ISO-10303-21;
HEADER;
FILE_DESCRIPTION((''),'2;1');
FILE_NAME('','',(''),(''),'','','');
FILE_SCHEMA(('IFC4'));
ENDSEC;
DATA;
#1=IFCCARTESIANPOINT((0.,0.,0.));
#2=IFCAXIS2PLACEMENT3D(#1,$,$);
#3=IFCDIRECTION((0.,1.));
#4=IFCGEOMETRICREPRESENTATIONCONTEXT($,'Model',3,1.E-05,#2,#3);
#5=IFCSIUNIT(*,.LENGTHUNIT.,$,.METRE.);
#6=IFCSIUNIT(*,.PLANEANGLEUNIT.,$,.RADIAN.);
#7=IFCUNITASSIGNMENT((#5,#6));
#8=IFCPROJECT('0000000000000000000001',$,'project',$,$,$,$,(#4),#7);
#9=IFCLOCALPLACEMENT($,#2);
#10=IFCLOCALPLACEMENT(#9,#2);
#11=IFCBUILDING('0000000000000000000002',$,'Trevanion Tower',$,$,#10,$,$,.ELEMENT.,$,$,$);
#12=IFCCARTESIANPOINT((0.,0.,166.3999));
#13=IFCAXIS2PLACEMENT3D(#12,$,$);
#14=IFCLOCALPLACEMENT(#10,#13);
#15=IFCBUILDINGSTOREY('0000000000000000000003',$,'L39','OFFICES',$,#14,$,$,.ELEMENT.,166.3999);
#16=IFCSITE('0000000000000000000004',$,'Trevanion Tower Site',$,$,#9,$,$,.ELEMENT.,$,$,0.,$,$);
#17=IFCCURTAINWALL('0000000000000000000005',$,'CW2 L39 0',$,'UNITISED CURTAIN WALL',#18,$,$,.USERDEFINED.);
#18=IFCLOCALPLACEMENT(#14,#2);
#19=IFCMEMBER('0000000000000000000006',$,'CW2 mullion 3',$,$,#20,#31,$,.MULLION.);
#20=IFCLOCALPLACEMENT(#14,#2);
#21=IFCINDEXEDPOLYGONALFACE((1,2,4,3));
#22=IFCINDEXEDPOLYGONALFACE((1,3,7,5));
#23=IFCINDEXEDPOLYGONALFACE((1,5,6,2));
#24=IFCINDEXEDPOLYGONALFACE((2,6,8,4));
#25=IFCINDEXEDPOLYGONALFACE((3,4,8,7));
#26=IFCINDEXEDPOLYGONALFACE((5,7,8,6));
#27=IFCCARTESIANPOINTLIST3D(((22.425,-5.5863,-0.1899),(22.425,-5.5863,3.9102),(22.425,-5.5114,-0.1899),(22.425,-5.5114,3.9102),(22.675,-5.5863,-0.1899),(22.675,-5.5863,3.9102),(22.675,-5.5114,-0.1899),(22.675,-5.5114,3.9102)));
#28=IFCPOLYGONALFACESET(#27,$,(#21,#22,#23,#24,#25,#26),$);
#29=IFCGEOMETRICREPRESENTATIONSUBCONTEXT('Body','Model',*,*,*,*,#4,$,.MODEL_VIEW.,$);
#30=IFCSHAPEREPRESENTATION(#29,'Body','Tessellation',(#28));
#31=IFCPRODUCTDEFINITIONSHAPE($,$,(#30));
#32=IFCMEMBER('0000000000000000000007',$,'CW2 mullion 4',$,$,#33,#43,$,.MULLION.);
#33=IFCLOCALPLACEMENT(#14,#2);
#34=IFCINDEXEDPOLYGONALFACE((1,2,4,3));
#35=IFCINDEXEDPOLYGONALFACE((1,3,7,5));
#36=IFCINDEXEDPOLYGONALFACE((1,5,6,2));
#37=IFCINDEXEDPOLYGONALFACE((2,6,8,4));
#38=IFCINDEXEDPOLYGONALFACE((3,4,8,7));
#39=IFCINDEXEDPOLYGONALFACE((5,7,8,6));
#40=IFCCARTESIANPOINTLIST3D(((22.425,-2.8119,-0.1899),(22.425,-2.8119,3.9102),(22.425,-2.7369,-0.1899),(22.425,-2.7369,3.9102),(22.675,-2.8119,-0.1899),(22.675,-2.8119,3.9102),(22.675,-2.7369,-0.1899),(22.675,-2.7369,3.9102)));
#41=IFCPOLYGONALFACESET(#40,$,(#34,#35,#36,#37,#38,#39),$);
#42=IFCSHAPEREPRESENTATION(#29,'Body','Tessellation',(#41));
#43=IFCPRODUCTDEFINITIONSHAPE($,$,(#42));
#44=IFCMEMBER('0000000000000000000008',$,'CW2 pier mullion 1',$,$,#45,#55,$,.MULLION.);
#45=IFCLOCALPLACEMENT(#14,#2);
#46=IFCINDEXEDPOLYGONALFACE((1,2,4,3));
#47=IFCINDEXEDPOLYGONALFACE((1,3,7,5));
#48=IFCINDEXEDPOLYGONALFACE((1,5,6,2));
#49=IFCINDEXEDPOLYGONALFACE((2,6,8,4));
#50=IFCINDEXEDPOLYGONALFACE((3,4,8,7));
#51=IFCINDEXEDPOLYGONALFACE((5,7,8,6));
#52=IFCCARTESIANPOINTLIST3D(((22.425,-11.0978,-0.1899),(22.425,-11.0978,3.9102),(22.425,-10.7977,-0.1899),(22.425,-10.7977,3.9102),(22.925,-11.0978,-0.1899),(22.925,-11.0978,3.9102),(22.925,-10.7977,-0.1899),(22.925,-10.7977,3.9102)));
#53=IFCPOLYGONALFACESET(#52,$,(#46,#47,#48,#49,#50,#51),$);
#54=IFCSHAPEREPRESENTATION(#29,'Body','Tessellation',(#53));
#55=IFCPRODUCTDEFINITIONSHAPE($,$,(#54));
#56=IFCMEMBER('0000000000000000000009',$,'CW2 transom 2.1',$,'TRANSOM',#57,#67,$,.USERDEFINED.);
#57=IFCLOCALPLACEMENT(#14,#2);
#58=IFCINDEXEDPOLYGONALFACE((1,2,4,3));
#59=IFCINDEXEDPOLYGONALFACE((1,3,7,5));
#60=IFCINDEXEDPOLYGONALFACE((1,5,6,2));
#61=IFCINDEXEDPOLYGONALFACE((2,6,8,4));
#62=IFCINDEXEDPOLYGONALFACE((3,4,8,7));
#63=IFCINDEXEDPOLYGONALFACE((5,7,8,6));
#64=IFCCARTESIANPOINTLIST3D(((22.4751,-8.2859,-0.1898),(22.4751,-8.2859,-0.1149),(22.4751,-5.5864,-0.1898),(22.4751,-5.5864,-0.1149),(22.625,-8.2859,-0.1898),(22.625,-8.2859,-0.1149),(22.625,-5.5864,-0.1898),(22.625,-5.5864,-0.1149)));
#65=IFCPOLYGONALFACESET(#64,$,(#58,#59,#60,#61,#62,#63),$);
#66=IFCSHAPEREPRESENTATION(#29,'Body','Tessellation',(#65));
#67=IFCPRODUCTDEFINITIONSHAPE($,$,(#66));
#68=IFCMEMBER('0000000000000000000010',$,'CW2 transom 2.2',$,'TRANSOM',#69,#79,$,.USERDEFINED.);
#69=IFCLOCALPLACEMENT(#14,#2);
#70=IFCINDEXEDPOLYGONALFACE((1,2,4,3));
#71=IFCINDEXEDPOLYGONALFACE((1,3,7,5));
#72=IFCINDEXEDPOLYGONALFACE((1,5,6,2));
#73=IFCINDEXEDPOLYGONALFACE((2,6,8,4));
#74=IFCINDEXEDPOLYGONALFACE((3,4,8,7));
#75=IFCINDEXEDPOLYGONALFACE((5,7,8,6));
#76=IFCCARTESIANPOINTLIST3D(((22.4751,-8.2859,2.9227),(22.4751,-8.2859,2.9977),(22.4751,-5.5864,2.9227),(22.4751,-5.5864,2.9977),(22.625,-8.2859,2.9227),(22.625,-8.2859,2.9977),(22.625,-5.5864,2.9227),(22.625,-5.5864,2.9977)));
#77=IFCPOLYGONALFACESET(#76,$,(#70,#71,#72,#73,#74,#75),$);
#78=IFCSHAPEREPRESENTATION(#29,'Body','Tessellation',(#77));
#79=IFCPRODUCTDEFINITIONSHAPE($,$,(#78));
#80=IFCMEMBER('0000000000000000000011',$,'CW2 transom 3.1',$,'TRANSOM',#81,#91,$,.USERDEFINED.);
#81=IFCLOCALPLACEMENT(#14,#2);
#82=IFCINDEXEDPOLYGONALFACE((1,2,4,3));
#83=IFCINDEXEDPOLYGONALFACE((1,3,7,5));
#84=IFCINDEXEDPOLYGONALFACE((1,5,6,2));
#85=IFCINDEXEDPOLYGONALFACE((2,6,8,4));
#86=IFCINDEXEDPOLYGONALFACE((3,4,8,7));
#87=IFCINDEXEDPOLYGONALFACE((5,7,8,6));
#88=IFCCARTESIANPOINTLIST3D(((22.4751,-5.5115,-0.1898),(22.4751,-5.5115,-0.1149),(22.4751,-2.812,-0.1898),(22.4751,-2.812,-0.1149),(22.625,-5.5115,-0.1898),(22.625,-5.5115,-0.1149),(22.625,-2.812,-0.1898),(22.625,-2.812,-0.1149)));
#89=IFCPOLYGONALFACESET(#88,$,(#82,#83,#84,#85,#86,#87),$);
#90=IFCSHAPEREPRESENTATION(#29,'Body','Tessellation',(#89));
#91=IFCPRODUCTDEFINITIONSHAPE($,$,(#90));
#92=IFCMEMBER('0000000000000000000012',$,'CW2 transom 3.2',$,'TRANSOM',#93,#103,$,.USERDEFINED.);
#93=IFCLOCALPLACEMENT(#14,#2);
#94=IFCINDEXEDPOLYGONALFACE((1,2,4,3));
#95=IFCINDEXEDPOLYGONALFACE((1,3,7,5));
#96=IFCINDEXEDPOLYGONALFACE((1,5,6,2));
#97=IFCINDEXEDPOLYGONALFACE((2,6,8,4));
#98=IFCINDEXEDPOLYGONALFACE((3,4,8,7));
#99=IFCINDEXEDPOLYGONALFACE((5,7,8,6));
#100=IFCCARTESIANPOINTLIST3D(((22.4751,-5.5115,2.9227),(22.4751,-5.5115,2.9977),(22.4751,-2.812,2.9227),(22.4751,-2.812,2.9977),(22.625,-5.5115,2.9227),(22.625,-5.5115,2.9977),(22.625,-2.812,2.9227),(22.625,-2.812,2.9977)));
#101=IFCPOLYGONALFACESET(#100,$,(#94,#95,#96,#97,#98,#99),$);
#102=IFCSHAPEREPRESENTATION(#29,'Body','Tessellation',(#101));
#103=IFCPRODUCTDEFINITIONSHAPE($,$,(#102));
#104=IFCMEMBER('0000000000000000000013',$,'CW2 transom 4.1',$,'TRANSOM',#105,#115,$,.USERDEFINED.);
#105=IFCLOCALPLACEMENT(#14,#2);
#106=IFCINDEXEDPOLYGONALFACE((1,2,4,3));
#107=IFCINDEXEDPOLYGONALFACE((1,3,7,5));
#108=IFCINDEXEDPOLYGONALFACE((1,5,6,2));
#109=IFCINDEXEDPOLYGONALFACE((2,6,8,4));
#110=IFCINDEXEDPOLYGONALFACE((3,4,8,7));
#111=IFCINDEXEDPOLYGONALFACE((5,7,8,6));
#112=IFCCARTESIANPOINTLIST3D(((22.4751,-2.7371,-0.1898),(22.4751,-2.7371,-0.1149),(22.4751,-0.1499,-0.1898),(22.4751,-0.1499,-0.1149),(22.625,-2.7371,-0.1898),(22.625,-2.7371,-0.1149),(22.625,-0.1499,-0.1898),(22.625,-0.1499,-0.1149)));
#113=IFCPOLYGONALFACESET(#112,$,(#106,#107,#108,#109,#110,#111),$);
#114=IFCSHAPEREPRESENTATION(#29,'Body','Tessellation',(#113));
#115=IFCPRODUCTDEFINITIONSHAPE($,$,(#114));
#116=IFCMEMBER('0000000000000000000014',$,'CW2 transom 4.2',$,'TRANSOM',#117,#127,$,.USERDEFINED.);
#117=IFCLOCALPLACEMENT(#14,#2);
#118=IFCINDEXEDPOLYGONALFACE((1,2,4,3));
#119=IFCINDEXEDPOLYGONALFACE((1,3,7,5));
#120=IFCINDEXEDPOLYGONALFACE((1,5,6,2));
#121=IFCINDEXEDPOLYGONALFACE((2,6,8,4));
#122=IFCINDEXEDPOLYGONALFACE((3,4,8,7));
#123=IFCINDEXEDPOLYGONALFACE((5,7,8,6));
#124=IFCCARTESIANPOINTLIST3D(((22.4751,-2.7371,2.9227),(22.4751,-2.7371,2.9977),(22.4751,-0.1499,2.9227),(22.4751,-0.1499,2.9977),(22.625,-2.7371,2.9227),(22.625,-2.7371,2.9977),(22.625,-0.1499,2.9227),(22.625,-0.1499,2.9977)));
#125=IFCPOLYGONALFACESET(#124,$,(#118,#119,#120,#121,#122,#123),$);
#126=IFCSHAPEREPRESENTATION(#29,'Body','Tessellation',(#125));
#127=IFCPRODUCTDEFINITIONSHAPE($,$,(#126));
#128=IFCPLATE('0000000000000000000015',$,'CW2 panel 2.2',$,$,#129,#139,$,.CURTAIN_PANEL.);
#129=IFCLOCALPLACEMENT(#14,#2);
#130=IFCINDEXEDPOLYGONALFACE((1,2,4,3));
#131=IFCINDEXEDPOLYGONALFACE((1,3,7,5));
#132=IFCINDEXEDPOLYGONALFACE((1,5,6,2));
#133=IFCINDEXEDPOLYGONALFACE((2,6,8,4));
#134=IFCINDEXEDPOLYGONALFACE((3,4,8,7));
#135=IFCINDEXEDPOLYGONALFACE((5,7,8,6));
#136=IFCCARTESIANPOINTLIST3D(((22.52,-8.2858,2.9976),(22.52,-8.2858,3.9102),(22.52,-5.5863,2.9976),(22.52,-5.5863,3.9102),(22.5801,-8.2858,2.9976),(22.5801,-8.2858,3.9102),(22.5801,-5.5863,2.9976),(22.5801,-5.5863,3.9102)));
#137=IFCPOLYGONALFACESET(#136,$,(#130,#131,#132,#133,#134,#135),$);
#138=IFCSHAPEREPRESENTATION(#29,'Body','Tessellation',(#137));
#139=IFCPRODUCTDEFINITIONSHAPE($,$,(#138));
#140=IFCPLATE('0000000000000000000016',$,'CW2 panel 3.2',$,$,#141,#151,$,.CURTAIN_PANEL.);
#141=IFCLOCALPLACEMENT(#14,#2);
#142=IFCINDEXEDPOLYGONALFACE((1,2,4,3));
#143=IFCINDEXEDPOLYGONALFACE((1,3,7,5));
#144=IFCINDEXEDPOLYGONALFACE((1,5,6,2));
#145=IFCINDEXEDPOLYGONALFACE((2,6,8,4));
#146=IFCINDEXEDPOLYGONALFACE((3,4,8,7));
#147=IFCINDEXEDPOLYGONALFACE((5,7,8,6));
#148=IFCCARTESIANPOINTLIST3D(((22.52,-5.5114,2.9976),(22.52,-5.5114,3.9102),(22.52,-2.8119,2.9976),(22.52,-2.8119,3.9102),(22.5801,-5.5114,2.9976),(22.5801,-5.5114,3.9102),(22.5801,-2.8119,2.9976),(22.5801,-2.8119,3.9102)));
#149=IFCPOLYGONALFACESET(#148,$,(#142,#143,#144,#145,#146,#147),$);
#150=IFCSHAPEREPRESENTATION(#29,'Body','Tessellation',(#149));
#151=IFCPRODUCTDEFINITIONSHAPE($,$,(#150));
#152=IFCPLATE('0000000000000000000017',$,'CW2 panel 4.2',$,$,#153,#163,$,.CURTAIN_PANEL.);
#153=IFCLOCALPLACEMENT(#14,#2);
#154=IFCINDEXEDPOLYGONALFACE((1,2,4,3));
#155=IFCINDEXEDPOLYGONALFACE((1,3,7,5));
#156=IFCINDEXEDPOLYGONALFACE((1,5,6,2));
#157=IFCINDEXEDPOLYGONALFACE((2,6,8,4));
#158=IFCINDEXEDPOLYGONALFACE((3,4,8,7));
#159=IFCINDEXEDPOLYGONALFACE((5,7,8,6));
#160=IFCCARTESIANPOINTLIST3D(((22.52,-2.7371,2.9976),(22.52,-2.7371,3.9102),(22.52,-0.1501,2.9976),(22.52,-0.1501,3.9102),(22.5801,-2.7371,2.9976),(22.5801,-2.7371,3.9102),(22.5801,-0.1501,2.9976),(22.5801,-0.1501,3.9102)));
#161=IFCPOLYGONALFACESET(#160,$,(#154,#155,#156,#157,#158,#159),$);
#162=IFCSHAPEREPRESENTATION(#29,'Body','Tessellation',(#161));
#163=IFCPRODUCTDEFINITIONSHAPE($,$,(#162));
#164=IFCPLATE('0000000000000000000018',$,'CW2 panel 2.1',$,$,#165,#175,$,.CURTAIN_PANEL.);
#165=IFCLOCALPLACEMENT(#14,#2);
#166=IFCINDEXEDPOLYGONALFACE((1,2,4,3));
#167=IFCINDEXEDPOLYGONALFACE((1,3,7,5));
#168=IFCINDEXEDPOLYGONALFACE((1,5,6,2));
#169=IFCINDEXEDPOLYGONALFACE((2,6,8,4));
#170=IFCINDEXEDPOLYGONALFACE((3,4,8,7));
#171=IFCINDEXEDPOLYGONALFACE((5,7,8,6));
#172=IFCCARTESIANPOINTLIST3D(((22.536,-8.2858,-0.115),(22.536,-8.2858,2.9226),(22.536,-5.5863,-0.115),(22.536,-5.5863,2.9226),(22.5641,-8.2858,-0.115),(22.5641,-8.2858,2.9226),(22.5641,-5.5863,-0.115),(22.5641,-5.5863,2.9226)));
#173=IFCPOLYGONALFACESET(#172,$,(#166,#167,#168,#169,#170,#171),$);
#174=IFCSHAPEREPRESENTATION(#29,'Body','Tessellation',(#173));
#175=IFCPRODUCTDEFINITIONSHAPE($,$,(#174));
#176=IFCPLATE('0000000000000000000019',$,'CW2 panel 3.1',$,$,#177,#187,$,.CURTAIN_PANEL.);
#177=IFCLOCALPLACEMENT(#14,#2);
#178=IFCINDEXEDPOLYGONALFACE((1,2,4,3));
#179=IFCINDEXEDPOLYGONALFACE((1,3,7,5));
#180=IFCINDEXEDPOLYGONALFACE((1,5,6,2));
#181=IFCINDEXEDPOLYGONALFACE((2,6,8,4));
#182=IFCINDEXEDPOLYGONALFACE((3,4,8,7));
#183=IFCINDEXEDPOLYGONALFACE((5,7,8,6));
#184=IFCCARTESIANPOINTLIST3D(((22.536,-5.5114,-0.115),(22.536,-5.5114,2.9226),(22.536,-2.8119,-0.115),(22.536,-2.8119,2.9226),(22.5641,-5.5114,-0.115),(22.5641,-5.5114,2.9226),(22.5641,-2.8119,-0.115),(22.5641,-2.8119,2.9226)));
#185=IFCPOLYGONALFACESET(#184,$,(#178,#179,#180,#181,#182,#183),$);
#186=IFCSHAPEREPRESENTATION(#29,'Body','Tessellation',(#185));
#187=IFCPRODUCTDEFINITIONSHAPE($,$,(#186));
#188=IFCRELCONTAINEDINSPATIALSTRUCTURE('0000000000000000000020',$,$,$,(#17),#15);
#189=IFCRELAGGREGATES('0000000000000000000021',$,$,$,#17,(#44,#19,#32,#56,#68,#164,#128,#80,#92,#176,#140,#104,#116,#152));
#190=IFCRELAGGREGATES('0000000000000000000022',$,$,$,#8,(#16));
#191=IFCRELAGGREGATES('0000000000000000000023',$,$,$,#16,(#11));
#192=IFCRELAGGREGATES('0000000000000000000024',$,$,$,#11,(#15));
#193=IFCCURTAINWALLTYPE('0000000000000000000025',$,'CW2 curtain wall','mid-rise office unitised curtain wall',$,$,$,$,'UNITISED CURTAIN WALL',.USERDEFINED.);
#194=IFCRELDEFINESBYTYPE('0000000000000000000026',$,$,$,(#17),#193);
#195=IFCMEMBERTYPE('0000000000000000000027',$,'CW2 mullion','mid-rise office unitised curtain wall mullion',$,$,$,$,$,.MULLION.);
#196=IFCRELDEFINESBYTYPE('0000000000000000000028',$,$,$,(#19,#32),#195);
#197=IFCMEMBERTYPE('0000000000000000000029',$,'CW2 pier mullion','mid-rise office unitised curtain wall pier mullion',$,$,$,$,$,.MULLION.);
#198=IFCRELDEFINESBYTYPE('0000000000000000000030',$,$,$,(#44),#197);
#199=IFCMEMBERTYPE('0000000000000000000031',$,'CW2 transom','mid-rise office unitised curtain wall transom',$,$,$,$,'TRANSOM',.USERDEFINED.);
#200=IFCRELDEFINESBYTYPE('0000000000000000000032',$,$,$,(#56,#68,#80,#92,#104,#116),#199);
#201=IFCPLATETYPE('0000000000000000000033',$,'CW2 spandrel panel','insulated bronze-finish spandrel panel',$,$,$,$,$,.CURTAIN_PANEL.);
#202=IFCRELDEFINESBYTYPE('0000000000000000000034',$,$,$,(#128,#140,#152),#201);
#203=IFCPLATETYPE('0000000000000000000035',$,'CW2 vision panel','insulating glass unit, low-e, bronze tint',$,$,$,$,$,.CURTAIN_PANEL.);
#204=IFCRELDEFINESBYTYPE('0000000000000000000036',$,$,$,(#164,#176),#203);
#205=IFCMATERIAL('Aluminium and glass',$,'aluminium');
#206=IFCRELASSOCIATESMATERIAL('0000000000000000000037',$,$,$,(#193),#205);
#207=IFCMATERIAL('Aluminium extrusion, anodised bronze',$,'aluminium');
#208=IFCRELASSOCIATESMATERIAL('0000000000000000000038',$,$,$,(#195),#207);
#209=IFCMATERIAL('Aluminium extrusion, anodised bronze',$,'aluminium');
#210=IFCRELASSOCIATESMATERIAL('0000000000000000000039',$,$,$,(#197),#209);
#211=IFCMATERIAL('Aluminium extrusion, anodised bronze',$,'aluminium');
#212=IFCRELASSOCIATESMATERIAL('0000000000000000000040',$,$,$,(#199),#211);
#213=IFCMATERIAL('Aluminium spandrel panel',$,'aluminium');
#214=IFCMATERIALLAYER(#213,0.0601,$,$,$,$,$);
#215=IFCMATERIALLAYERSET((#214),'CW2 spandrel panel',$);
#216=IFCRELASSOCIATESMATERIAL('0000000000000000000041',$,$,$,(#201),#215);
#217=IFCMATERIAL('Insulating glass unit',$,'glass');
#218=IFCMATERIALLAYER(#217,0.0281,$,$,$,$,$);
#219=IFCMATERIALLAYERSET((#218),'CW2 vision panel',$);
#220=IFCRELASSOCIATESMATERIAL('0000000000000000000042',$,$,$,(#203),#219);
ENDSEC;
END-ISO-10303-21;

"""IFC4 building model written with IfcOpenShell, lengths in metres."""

from ifc_helpers import new_model, si_unit, direction, frame, origin, origin_2d, place, context, subcontext, project, spatial, rectangle, extrude, material, layer, layer_set, material_profile, profile_set, type_object, element, aggregate, save


model = new_model("IFC4")

# Units and contexts
model_context = context("Model", 3, precision=1e-05, world=origin(), true_north=direction((0.0, 1.0)))
body_context = subcontext(model_context, "Body", "Model", "MODEL_VIEW")
ifc_project = project(units=[si_unit("LENGTHUNIT", "METRE"), si_unit("PLANEANGLEUNIT", "RADIAN")], contexts=[model_context])

# Site, building, storey
site_placement = place(None, origin())
site = spatial("IfcSite", under=ifc_project, at=site_placement, Name="Trevanion Tower Site", CompositionType="ELEMENT", RefElevation=0.0)
building_placement = place(site_placement, origin())
building = spatial("IfcBuilding", under=site, at=building_placement, Name="Trevanion Tower", CompositionType="ELEMENT")
storey_placement = place(building_placement, frame((0.0, 0.0, 166.3999)))
storey = spatial("IfcBuildingStorey", under=building, at=storey_placement, Name="L39", Description="OFFICES", CompositionType="ELEMENT", Elevation=166.3999)

# Curtain wall, members, plates
ifc_material_1 = material(Name="Aluminium and glass", Category="aluminium")
curtain_wall_type = type_object("IfcCurtainWallType", Name="CW2 curtain wall", Description="mid-rise office unitised curtain wall", ElementType="UNITISED CURTAIN WALL", PredefinedType="USERDEFINED", material=ifc_material_1)
curtain_wall_placement = place(storey_placement, origin())
curtain_wall = element("IfcCurtainWall", 1, at=curtain_wall_placement, inside=storey, type_object=curtain_wall_type, Name="CW2 L39 0", ObjectType="UNITISED CURTAIN WALL", PredefinedType="USERDEFINED")
ifc_material_2 = material(Name="Aluminium extrusion, anodised bronze", Category="aluminium")
ifc_material_profile_1 = material_profile(ifc_material_2, rectangle(XDim=0.075, YDim=0.25, at=origin_2d()), Name="CW2 mullion")
ifc_profile_set_1 = profile_set([ifc_material_profile_1], Name="Aluminium extrusion, anodised bronze")
member_type_1 = type_object("IfcMemberType", Name="CW2 mullion", Description="mid-rise office unitised curtain wall mullion", PredefinedType="MULLION", material=ifc_profile_set_1)
member_1_placement = place(storey_placement, frame((22.55, -5.5488, -0.1899), z_axis=(0.0, 0.0, 1.0), x_axis=(0.0, 1.0, 0.0)))
member_1 = element("IfcMember", 2, at=member_1_placement, type_object=member_type_1, Name="CW2 mullion 3", PredefinedType="MULLION", context=body_context, shape_type="SweptSolid", body=[
    extrude(rectangle(XDim=0.075, YDim=0.25, at=origin_2d()), origin(), (0.0, 0.0, 1.0), 4.1001),
])
member_2_placement = place(storey_placement, frame((22.55, -2.7744, -0.1899), z_axis=(0.0, 0.0, 1.0), x_axis=(0.0, 1.0, 0.0)))
member_2 = element("IfcMember", 3, at=member_2_placement, type_object=member_type_1, Name="CW2 mullion 4", PredefinedType="MULLION", context=body_context, shape_type="SweptSolid", body=[
    extrude(rectangle(XDim=0.075, YDim=0.25, at=origin_2d()), origin(), (0.0, 0.0, 1.0), 4.1001),
])
ifc_material_3 = material(Name="Aluminium extrusion, anodised bronze", Category="aluminium")
ifc_material_profile_2 = material_profile(ifc_material_3, rectangle(XDim=0.3, YDim=0.5, at=origin_2d()), Name="CW2 pier mullion")
ifc_profile_set_2 = profile_set([ifc_material_profile_2], Name="Aluminium extrusion, anodised bronze")
member_type_2 = type_object("IfcMemberType", Name="CW2 pier mullion", Description="mid-rise office unitised curtain wall pier mullion", PredefinedType="MULLION", material=ifc_profile_set_2)
member_3_placement = place(storey_placement, frame((22.675, -10.9478, -0.1899), z_axis=(0.0, 0.0, 1.0), x_axis=(0.0, 1.0, 0.0)))
member_3 = element("IfcMember", 4, at=member_3_placement, type_object=member_type_2, Name="CW2 pier mullion 1", PredefinedType="MULLION", context=body_context, shape_type="SweptSolid", body=[
    extrude(rectangle(XDim=0.3, YDim=0.5, at=origin_2d()), origin(), (0.0, 0.0, 1.0), 4.1001),
])
ifc_material_4 = material(Name="Aluminium extrusion, anodised bronze", Category="aluminium")
ifc_material_profile_3 = material_profile(ifc_material_4, rectangle(XDim=0.1499, YDim=0.075, at=origin_2d()), Name="CW2 transom")
ifc_profile_set_3 = profile_set([ifc_material_profile_3], Name="Aluminium extrusion, anodised bronze")
member_type_3 = type_object("IfcMemberType", Name="CW2 transom", Description="mid-rise office unitised curtain wall transom", ElementType="TRANSOM", PredefinedType="USERDEFINED", material=ifc_profile_set_3)
member_4_placement = place(storey_placement, frame((22.55, -8.2859, -0.1523), z_axis=(0.0, 1.0, 0.0), x_axis=(-1.0, 0.0, 0.0)))
member_4 = element("IfcMember", 5, at=member_4_placement, type_object=member_type_3, Name="CW2 transom 2.1", ObjectType="TRANSOM", PredefinedType="USERDEFINED", context=body_context, shape_type="SweptSolid", body=[
    extrude(rectangle(XDim=0.1499, YDim=0.075, at=origin_2d()), origin(), (0.0, 0.0, 1.0), 2.6995),
])
member_5_placement = place(storey_placement, frame((22.55, -8.2859, 2.9602), z_axis=(0.0, 1.0, 0.0), x_axis=(-1.0, 0.0, 0.0)))
member_5 = element("IfcMember", 6, at=member_5_placement, type_object=member_type_3, Name="CW2 transom 2.2", ObjectType="TRANSOM", PredefinedType="USERDEFINED", context=body_context, shape_type="SweptSolid", body=[
    extrude(rectangle(XDim=0.1499, YDim=0.075, at=origin_2d()), origin(), (0.0, 0.0, 1.0), 2.6995),
])
member_6_placement = place(storey_placement, frame((22.55, -5.5115, -0.1523), z_axis=(0.0, 1.0, 0.0), x_axis=(-1.0, 0.0, 0.0)))
member_6 = element("IfcMember", 7, at=member_6_placement, type_object=member_type_3, Name="CW2 transom 3.1", ObjectType="TRANSOM", PredefinedType="USERDEFINED", context=body_context, shape_type="SweptSolid", body=[
    extrude(rectangle(XDim=0.1499, YDim=0.075, at=origin_2d()), origin(), (0.0, 0.0, 1.0), 2.6995),
])
member_7_placement = place(storey_placement, frame((22.55, -5.5115, 2.9602), z_axis=(0.0, 1.0, 0.0), x_axis=(-1.0, 0.0, 0.0)))
member_7 = element("IfcMember", 8, at=member_7_placement, type_object=member_type_3, Name="CW2 transom 3.2", ObjectType="TRANSOM", PredefinedType="USERDEFINED", context=body_context, shape_type="SweptSolid", body=[
    extrude(rectangle(XDim=0.1499, YDim=0.075, at=origin_2d()), origin(), (0.0, 0.0, 1.0), 2.6995),
])
member_8_placement = place(storey_placement, frame((22.55, -2.7371, -0.1523), z_axis=(0.0, 1.0, 0.0), x_axis=(-1.0, 0.0, 0.0)))
member_8 = element("IfcMember", 9, at=member_8_placement, type_object=member_type_3, Name="CW2 transom 4.1", ObjectType="TRANSOM", PredefinedType="USERDEFINED", context=body_context, shape_type="SweptSolid", body=[
    extrude(rectangle(XDim=0.1499, YDim=0.075, at=origin_2d()), origin(), (0.0, 0.0, 1.0), 2.5872),
])
member_9_placement = place(storey_placement, frame((22.55, -2.7371, 2.9602), z_axis=(0.0, 1.0, 0.0), x_axis=(-1.0, 0.0, 0.0)))
member_9 = element("IfcMember", 10, at=member_9_placement, type_object=member_type_3, Name="CW2 transom 4.2", ObjectType="TRANSOM", PredefinedType="USERDEFINED", context=body_context, shape_type="SweptSolid", body=[
    extrude(rectangle(XDim=0.1499, YDim=0.075, at=origin_2d()), origin(), (0.0, 0.0, 1.0), 2.5872),
])
ifc_material_5 = material(Name="Aluminium spandrel panel", Category="aluminium")
ifc_layer_1 = layer(ifc_material_5, 0.0601)
ifc_layer_set_1 = layer_set([ifc_layer_1], Name="CW2 spandrel panel")
plate_type_1 = type_object("IfcPlateType", Name="CW2 spandrel panel", Description="insulated bronze-finish spandrel panel", PredefinedType="CURTAIN_PANEL", material=ifc_layer_set_1)
plate_1_placement = place(storey_placement, frame((22.55, -6.936, 2.9976), z_axis=(0.0, 0.0, 1.0), x_axis=(0.0, 1.0, 0.0)))
plate_1 = element("IfcPlate", 11, at=plate_1_placement, type_object=plate_type_1, Name="CW2 panel 2.2", PredefinedType="CURTAIN_PANEL", context=body_context, shape_type="SweptSolid", body=[
    extrude(rectangle(XDim=2.6995, YDim=0.0601, at=origin_2d()), origin(), (0.0, 0.0, 1.0), 0.9126),
])
plate_2_placement = place(storey_placement, frame((22.55, -4.1616, 2.9976), z_axis=(0.0, 0.0, 1.0), x_axis=(0.0, 1.0, 0.0)))
plate_2 = element("IfcPlate", 12, at=plate_2_placement, type_object=plate_type_1, Name="CW2 panel 3.2", PredefinedType="CURTAIN_PANEL", context=body_context, shape_type="SweptSolid", body=[
    extrude(rectangle(XDim=2.6995, YDim=0.0601, at=origin_2d()), origin(), (0.0, 0.0, 1.0), 0.9126),
])
plate_3_placement = place(storey_placement, frame((22.55, -1.4436, 2.9976), z_axis=(0.0, 0.0, 1.0), x_axis=(0.0, 1.0, 0.0)))
plate_3 = element("IfcPlate", 13, at=plate_3_placement, type_object=plate_type_1, Name="CW2 panel 4.2", PredefinedType="CURTAIN_PANEL", context=body_context, shape_type="SweptSolid", body=[
    extrude(rectangle(XDim=2.5869, YDim=0.0601, at=origin_2d()), origin(), (0.0, 0.0, 1.0), 0.9126),
])
ifc_material_6 = material(Name="Insulating glass unit", Category="glass")
ifc_layer_2 = layer(ifc_material_6, 0.0281)
ifc_layer_set_2 = layer_set([ifc_layer_2], Name="CW2 vision panel")
plate_type_2 = type_object("IfcPlateType", Name="CW2 vision panel", Description="insulating glass unit, low-e, bronze tint", PredefinedType="CURTAIN_PANEL", material=ifc_layer_set_2)
plate_4_placement = place(storey_placement, frame((22.55, -6.936, -0.115), z_axis=(0.0, 0.0, 1.0), x_axis=(0.0, 1.0, 0.0)))
plate_4 = element("IfcPlate", 14, at=plate_4_placement, type_object=plate_type_2, Name="CW2 panel 2.1", PredefinedType="CURTAIN_PANEL", context=body_context, shape_type="SweptSolid", body=[
    extrude(rectangle(XDim=2.6995, YDim=0.0281, at=origin_2d()), origin(), (0.0, 0.0, 1.0), 3.0376),
])
plate_5_placement = place(storey_placement, frame((22.55, -4.1616, -0.115), z_axis=(0.0, 0.0, 1.0), x_axis=(0.0, 1.0, 0.0)))
plate_5 = element("IfcPlate", 15, at=plate_5_placement, type_object=plate_type_2, Name="CW2 panel 3.1", PredefinedType="CURTAIN_PANEL", context=body_context, shape_type="SweptSolid", body=[
    extrude(rectangle(XDim=2.6995, YDim=0.0281, at=origin_2d()), origin(), (0.0, 0.0, 1.0), 3.0376),
])
aggregate(curtain_wall, [member_3, member_1, member_2, member_4, member_5, plate_4, plate_1, member_6, member_7, plate_5, plate_2, member_8, member_9, plate_3])

save(model, "model.ifc")
